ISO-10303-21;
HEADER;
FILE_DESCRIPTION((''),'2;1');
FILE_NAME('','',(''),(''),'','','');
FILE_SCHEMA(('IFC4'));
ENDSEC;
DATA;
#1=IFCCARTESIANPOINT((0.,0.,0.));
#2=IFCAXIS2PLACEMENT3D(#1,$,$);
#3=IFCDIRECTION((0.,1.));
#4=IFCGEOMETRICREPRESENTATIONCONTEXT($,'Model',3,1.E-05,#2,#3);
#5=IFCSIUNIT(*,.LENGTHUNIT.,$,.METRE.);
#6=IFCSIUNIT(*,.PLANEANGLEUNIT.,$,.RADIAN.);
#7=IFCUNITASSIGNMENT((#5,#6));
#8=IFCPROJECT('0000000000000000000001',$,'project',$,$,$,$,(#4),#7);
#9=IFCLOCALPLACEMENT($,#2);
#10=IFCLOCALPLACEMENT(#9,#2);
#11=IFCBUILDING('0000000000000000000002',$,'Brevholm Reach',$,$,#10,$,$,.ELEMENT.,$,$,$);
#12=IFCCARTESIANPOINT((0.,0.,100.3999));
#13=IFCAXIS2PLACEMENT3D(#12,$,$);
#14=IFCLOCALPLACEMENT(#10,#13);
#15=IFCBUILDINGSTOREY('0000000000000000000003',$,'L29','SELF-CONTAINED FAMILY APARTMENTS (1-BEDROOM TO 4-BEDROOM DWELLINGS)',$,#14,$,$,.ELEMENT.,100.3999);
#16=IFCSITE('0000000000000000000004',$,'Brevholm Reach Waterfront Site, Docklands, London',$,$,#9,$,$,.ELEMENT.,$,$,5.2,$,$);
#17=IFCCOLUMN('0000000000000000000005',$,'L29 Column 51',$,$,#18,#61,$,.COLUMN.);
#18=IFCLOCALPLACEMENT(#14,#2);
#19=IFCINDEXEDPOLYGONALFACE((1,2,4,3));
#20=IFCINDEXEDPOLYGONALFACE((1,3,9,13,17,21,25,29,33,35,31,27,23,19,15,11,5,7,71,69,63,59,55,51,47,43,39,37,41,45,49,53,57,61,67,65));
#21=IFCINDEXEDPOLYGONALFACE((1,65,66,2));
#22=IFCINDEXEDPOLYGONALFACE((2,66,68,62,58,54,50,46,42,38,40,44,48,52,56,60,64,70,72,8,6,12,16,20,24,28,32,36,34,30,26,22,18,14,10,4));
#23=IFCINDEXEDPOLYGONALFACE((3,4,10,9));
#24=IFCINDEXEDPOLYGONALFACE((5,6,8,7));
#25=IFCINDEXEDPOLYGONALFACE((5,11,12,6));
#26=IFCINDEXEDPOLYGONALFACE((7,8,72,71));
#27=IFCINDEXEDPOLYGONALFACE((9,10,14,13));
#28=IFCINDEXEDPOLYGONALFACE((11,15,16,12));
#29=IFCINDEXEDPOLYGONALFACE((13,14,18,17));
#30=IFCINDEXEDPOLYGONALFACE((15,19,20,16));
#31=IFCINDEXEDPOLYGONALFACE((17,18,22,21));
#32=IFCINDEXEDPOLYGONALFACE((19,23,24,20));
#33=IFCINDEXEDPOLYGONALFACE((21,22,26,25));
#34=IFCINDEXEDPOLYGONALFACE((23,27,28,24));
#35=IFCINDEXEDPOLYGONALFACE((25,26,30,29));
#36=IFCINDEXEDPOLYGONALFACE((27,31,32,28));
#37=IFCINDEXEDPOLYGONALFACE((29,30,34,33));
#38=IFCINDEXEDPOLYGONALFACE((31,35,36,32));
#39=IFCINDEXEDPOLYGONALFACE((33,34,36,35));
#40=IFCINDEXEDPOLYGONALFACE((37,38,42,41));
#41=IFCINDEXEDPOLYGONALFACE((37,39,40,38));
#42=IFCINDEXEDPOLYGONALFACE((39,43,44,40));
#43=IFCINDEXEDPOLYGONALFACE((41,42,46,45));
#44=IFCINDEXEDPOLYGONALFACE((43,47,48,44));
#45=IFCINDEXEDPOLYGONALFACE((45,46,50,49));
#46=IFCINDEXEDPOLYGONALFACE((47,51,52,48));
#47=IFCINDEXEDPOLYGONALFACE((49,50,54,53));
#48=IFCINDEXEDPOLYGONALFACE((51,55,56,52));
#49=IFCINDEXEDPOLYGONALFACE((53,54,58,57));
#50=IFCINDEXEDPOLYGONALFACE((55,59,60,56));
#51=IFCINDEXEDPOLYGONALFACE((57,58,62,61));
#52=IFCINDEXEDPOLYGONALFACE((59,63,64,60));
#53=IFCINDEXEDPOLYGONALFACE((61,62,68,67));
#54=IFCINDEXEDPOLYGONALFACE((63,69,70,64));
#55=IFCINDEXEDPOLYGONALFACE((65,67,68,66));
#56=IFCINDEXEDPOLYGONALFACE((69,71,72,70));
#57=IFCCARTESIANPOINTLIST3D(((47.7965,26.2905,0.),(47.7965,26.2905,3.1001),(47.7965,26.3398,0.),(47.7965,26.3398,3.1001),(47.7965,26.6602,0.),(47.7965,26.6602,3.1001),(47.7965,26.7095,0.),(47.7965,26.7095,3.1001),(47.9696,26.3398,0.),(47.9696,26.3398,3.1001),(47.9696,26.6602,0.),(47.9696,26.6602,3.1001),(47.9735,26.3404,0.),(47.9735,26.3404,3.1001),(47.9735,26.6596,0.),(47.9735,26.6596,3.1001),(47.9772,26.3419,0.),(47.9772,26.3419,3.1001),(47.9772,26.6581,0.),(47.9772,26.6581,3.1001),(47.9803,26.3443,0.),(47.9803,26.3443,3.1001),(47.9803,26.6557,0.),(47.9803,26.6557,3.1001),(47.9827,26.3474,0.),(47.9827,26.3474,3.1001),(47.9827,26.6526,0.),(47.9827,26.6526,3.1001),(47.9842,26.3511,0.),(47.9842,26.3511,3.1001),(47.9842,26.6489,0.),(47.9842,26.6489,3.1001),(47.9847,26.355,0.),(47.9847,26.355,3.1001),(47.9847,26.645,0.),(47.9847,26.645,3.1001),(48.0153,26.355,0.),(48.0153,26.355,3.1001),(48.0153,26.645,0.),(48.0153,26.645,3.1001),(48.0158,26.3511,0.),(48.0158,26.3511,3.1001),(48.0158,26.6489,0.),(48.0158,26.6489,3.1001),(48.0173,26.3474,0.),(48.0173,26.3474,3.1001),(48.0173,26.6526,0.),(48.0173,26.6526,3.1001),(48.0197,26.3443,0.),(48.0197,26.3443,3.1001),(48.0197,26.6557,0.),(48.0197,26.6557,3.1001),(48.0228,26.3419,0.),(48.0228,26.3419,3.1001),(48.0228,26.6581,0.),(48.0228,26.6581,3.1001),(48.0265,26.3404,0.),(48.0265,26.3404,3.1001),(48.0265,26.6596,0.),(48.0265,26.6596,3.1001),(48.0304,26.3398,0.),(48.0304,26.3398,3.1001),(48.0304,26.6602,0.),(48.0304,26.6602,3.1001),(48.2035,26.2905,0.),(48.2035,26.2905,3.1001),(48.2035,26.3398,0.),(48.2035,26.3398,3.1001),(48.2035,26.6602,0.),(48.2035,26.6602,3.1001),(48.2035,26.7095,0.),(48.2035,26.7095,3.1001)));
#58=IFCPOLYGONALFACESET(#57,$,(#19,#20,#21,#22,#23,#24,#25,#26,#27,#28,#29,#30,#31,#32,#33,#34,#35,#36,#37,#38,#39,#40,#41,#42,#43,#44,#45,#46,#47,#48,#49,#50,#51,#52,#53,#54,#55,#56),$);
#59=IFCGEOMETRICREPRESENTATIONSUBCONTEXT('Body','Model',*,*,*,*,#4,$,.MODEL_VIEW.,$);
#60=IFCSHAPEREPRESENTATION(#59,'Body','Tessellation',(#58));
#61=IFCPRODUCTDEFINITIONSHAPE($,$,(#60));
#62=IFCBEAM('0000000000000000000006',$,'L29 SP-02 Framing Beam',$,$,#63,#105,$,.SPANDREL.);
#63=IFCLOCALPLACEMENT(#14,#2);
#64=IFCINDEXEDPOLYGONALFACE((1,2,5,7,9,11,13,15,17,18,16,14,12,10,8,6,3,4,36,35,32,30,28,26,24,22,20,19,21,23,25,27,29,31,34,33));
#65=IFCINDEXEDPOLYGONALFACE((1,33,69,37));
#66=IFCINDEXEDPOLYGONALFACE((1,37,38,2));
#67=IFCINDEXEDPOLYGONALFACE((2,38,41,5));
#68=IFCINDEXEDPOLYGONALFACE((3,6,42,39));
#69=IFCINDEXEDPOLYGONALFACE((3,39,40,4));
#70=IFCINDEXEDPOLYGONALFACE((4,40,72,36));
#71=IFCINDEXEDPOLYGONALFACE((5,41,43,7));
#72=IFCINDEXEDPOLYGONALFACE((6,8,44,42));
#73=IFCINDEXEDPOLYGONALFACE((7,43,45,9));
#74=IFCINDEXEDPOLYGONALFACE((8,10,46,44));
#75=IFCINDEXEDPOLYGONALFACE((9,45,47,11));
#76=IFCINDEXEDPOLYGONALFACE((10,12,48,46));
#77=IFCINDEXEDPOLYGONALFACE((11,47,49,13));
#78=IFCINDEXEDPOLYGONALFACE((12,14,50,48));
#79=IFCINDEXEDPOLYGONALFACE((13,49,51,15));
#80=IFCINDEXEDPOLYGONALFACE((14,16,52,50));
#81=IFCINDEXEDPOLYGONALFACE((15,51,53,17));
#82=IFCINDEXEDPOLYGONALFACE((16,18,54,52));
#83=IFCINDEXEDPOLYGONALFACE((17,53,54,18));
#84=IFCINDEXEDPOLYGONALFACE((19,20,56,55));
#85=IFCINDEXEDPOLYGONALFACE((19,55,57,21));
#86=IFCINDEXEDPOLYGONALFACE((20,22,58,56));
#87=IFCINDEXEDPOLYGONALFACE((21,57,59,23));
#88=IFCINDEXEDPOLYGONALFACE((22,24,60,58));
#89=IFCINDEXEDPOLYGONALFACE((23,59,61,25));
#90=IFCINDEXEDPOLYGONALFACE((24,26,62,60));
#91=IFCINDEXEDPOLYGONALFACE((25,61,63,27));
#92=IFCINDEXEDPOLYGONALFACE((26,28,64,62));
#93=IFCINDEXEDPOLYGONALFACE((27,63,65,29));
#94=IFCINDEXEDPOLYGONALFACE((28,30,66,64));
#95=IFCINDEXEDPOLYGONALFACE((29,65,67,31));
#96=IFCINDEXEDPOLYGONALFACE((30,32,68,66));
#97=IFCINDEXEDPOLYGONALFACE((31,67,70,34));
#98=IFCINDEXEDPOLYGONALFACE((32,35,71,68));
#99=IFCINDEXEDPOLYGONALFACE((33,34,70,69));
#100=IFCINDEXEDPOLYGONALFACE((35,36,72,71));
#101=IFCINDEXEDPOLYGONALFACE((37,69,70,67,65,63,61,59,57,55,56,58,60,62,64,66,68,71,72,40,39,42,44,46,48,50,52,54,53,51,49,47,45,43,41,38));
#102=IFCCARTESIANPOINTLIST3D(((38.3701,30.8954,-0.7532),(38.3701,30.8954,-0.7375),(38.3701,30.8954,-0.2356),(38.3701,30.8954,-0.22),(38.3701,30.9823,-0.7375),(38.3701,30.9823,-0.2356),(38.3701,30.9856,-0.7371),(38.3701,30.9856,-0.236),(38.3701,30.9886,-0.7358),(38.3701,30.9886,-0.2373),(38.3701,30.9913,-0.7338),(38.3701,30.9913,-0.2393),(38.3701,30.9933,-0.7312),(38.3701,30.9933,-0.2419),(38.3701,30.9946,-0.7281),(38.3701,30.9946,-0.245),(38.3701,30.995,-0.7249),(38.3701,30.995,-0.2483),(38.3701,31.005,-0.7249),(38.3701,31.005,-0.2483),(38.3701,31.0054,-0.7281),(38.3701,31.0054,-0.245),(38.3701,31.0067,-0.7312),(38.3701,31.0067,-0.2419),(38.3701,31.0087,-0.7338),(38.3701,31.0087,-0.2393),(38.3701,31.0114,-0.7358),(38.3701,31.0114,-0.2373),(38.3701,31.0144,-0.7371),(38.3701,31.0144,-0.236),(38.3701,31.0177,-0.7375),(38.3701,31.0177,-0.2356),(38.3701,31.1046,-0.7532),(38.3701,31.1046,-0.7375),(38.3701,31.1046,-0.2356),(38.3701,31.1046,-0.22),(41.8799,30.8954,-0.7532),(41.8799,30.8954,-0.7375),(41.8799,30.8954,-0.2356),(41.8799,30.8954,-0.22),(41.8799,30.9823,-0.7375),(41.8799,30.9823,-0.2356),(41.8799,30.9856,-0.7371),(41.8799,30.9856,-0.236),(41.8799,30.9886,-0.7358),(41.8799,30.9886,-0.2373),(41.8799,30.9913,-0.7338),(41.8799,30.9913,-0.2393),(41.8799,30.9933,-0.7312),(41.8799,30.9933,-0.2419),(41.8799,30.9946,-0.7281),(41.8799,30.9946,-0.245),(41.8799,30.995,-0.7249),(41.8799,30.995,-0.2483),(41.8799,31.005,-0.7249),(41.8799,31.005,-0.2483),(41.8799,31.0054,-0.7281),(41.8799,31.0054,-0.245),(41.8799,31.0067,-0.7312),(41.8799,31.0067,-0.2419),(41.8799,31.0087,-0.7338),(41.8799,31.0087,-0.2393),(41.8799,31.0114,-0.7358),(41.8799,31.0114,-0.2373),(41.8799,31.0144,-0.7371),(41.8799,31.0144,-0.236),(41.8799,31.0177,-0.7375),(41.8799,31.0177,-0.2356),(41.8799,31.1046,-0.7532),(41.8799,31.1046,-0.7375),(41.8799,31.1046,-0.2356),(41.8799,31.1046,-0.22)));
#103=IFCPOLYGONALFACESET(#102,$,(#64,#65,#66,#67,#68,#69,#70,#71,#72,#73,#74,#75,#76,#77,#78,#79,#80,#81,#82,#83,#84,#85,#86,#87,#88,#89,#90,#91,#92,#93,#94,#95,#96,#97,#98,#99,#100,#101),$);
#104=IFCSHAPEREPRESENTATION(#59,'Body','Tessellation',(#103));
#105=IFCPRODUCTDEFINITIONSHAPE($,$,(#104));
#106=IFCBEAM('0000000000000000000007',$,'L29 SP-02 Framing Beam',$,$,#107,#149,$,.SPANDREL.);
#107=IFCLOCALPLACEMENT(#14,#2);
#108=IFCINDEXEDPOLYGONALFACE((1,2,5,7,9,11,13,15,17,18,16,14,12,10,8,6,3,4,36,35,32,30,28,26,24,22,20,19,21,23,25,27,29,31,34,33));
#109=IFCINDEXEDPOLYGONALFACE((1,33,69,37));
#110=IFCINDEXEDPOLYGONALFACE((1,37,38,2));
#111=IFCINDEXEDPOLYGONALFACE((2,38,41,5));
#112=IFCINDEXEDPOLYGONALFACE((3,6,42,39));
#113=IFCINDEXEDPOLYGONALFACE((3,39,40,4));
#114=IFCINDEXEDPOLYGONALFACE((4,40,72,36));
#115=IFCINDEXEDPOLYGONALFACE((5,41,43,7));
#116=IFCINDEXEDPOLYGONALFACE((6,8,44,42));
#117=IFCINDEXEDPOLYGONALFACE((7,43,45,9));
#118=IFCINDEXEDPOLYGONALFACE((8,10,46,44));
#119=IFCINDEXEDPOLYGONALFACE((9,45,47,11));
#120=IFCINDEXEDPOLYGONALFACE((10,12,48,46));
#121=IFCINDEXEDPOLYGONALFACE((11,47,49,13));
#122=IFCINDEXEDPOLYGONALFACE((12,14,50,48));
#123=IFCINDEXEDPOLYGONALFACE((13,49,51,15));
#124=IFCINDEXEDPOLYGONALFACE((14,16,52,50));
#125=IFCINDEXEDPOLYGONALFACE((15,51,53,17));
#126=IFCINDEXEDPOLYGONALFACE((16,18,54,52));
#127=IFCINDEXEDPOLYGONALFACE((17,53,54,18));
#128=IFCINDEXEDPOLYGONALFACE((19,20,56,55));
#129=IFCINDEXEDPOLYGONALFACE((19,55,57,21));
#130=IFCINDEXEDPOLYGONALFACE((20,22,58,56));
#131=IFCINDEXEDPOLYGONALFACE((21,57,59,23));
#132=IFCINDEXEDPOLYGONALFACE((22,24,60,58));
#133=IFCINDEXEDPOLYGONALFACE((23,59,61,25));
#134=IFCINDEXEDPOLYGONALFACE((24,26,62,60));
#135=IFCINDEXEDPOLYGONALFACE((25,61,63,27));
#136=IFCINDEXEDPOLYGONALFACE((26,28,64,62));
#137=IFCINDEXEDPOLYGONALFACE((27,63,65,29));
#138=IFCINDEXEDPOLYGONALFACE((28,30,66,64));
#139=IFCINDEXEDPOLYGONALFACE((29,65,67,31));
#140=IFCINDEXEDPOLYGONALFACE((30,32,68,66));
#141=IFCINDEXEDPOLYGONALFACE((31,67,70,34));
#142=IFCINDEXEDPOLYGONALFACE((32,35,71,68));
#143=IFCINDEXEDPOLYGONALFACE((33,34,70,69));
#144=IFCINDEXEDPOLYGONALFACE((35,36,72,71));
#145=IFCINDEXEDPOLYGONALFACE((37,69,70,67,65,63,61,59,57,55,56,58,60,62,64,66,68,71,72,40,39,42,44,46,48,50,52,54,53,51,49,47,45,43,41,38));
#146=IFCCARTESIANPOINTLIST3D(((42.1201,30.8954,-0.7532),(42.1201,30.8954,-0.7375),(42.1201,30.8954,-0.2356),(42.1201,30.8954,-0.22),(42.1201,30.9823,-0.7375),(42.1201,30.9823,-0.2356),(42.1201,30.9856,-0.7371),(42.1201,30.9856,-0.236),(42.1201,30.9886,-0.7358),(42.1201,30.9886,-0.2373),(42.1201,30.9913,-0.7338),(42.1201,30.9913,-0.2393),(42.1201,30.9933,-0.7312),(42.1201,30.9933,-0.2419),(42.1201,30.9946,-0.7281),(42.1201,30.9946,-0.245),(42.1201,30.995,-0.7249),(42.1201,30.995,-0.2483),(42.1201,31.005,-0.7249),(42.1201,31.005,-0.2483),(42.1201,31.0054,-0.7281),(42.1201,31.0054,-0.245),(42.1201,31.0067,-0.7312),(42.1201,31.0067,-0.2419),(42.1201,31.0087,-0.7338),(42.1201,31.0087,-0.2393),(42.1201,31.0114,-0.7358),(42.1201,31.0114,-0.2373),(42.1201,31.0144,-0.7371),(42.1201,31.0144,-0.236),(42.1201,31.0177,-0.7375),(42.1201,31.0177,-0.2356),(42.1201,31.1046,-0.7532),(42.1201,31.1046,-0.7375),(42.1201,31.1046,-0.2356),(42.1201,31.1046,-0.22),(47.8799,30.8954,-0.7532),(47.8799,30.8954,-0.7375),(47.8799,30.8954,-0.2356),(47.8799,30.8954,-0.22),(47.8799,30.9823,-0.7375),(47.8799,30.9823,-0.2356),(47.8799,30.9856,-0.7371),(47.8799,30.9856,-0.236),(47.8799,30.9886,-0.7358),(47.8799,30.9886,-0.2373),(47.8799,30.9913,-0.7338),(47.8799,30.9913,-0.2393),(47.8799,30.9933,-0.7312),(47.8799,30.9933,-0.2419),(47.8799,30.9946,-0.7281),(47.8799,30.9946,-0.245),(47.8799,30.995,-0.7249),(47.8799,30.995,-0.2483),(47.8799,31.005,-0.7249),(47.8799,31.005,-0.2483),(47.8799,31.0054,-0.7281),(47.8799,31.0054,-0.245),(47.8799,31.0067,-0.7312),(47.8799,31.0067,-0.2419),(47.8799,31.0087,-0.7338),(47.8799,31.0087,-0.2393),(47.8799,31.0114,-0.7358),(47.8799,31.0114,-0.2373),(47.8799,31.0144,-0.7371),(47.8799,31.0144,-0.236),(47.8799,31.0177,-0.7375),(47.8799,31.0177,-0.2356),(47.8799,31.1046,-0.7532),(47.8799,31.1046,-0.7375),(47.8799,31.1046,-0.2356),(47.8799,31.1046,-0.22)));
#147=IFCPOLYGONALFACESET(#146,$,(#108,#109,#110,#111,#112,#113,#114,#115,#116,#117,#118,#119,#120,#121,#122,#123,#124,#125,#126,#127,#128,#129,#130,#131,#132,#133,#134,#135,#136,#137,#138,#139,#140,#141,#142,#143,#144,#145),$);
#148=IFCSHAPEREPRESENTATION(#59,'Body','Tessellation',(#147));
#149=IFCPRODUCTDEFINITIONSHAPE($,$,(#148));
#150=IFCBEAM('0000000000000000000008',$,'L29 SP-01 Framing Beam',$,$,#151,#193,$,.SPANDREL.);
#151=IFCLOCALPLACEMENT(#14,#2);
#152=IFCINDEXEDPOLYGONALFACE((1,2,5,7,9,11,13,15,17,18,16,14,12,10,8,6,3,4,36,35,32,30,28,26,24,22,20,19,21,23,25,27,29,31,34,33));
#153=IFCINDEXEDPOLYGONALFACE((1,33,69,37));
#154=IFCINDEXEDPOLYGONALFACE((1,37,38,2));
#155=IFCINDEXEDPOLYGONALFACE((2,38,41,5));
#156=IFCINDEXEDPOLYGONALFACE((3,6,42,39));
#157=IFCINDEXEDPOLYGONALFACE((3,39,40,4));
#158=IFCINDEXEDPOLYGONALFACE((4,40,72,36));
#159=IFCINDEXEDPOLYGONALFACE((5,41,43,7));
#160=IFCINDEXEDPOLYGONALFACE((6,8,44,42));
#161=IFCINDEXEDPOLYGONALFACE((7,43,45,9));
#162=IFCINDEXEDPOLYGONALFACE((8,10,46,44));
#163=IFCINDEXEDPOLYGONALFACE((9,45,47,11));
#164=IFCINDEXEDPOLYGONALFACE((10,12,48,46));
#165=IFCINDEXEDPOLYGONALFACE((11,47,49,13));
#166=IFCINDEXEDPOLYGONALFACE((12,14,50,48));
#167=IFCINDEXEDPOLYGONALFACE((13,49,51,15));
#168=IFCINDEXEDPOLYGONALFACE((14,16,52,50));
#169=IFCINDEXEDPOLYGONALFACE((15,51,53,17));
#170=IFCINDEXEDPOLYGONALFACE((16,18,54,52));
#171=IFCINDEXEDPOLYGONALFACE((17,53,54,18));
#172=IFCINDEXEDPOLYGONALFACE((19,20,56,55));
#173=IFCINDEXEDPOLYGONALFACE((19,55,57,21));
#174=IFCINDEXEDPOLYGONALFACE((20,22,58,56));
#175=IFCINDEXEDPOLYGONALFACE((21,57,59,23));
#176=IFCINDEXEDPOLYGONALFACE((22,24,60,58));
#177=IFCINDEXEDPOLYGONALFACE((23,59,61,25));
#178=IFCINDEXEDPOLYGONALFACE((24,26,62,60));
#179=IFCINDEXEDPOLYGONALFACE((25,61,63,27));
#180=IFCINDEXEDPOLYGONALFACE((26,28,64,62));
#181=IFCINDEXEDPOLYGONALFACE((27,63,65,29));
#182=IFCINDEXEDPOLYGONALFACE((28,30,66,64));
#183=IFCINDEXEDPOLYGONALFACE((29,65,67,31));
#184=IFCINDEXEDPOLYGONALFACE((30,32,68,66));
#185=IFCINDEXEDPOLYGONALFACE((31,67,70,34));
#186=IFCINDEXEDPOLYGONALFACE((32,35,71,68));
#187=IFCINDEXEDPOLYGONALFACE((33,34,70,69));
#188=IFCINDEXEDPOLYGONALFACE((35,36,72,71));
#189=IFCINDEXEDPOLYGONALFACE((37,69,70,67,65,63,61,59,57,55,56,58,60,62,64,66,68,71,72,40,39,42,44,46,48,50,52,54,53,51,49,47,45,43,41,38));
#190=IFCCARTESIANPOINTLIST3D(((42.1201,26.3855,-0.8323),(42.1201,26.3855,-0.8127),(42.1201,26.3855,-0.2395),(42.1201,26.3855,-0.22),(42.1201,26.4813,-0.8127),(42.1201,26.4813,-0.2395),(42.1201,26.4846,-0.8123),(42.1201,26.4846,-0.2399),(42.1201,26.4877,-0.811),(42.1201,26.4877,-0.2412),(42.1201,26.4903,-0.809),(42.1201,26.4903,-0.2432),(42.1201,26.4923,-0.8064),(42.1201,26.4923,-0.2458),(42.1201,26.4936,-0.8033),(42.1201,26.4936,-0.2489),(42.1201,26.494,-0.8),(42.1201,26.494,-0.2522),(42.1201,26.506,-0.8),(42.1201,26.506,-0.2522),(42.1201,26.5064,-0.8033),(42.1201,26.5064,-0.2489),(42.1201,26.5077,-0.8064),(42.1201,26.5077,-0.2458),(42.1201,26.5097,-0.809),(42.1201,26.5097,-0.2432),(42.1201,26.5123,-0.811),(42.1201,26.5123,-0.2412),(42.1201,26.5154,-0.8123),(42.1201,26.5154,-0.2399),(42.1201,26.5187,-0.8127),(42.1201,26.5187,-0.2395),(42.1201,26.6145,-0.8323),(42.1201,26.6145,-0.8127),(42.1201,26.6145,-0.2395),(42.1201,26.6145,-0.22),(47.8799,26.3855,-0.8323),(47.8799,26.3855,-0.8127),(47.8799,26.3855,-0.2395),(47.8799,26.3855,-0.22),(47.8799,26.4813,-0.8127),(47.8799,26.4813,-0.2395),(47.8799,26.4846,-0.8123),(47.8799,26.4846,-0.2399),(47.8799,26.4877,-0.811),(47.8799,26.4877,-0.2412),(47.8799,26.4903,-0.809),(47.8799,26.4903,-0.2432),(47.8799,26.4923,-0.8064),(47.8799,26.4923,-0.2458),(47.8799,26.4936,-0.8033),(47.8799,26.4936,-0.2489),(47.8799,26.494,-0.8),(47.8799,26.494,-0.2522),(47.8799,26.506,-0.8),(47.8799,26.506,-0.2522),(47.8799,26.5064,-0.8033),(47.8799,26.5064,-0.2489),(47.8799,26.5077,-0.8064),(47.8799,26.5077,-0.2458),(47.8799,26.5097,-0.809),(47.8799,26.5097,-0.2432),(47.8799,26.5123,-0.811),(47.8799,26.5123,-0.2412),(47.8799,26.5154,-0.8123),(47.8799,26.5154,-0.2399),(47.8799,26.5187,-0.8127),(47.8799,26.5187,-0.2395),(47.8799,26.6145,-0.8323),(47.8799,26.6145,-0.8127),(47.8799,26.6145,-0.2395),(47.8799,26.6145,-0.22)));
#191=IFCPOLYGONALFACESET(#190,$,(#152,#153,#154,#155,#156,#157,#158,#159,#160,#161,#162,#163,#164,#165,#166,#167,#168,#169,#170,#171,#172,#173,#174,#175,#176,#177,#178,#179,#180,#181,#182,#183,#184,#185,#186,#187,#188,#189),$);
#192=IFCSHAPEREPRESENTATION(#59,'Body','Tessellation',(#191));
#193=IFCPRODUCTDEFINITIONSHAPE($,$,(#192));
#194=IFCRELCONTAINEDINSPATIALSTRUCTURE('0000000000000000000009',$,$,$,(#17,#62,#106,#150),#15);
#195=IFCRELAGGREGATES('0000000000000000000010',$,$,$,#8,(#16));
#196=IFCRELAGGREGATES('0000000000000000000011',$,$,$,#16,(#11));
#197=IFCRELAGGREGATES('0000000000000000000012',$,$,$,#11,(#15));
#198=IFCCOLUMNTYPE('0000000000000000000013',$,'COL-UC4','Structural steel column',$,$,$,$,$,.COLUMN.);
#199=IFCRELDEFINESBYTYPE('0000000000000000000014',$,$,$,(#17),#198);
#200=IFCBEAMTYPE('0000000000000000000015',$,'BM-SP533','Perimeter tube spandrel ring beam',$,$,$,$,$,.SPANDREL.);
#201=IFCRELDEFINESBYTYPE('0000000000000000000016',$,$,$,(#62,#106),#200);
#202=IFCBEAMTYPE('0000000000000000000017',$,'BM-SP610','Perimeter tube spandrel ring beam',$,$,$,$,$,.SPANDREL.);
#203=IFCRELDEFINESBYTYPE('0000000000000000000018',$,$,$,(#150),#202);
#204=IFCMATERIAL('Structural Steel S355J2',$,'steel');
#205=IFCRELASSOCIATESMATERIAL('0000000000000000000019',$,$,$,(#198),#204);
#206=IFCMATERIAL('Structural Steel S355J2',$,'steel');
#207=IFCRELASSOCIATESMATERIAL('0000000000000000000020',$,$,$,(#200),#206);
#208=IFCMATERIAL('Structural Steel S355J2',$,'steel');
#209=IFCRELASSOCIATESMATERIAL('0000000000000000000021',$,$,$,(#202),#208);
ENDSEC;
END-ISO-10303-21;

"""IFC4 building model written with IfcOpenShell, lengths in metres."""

from ifc_helpers import new_model, si_unit, direction, frame, origin, origin_2d, place, context, subcontext, project, spatial, i_section, extrude, material, material_profile, profile_set, type_object, element, save


model = new_model("IFC4")

# Units and contexts
model_context = context("Model", 3, precision=1e-05, world=origin(), true_north=direction((0.0, 1.0)))
body_context = subcontext(model_context, "Body", "Model", "MODEL_VIEW")
ifc_project = project(units=[si_unit("LENGTHUNIT", "METRE"), si_unit("PLANEANGLEUNIT", "RADIAN")], contexts=[model_context])

# Site, building, storey
site_placement = place(None, origin())
site = spatial("IfcSite", under=ifc_project, at=site_placement, Name="Brevholm Reach Waterfront Site, Docklands, London", CompositionType="ELEMENT", RefElevation=5.2)
building_placement = place(site_placement, origin())
building = spatial("IfcBuilding", under=site, at=building_placement, Name="Brevholm Reach", CompositionType="ELEMENT")
storey_placement = place(building_placement, frame((0.0, 0.0, 100.3999)))
storey = spatial("IfcBuildingStorey", under=building, at=storey_placement, Name="L29", Description="SELF-CONTAINED FAMILY APARTMENTS (1-BEDROOM TO 4-BEDROOM DWELLINGS)", CompositionType="ELEMENT", Elevation=100.3999)

# Column
ifc_material_1 = material(Name="Structural Steel S355J2", Category="steel")
ifc_material_profile_1 = material_profile(ifc_material_1, i_section(OverallWidth=0.407, OverallDepth=0.4189, WebThickness=0.0305, FlangeThickness=0.0493, FilletRadius=0.0151, at=origin_2d()), Name="UKC 356x406x393")
ifc_profile_set_1 = profile_set([ifc_material_profile_1], Name="Structural Steel S355J2")
column_type_1 = type_object("IfcColumnType", Name="COL-UC4", Description="Structural steel column", PredefinedType="COLUMN", material=ifc_profile_set_1)
for number, where, z_axis, x_axis, name in (
    (1, (48.0, 26.5, 0.0), (0.0, 0.0, 1.0), (1.0, 0.0, 0.0), "L29 Column 51"),
):
    element("IfcColumn", number, at=place(storey_placement, frame(where, z_axis=z_axis, x_axis=x_axis)), inside=storey, type_object=column_type_1, Name=name, PredefinedType="COLUMN", context=body_context, shape_type="SweptSolid", body=[
        extrude(i_section(OverallWidth=0.407, OverallDepth=0.4189, WebThickness=0.0305, FlangeThickness=0.0493, FilletRadius=0.0151, at=origin_2d()), origin(), (0.0, 0.0, 1.0), 3.1001),
    ])

# Beams
ifc_material_2 = material(Name="Structural Steel S355J2", Category="steel")
ifc_material_profile_2 = material_profile(ifc_material_2, i_section(OverallWidth=0.2092, OverallDepth=0.5332, WebThickness=0.01, FlangeThickness=0.0156, FilletRadius=0.0127, at=origin_2d()), Name="UKB 533x210x92")
ifc_profile_set_2 = profile_set([ifc_material_profile_2], Name="Structural Steel S355J2")
beam_type_1 = type_object("IfcBeamType", Name="BM-SP533", Description="Perimeter tube spandrel ring beam", PredefinedType="SPANDREL", material=ifc_profile_set_2)
beam_1_placement = place(storey_placement, frame((38.3701, 31.0, -0.4866), z_axis=(1.0, 0.0, 0.0), x_axis=(0.0, 1.0, 0.0)))
element("IfcBeam", 2, at=beam_1_placement, inside=storey, type_object=beam_type_1, Name="L29 SP-02 Framing Beam", PredefinedType="SPANDREL", context=body_context, shape_type="SweptSolid", body=[
    extrude(i_section(OverallWidth=0.2092, OverallDepth=0.5332, WebThickness=0.01, FlangeThickness=0.0156, FilletRadius=0.0127, at=origin_2d()), origin(), (0.0, 0.0, 1.0), 3.5098),
])
beam_2_placement = place(storey_placement, frame((42.1201, 31.0, -0.4866), z_axis=(1.0, 0.0, 0.0), x_axis=(0.0, 1.0, 0.0)))
element("IfcBeam", 3, at=beam_2_placement, inside=storey, type_object=beam_type_1, Name="L29 SP-02 Framing Beam", PredefinedType="SPANDREL", context=body_context, shape_type="SweptSolid", body=[
    extrude(i_section(OverallWidth=0.2092, OverallDepth=0.5332, WebThickness=0.01, FlangeThickness=0.0156, FilletRadius=0.0127, at=origin_2d()), origin(), (0.0, 0.0, 1.0), 5.7598),
])
ifc_material_3 = material(Name="Structural Steel S355J2", Category="steel")
ifc_material_profile_3 = material_profile(ifc_material_3, i_section(OverallWidth=0.229, OverallDepth=0.6123, WebThickness=0.012, FlangeThickness=0.0195, FilletRadius=0.0127, at=origin_2d()), Name="UKB 610x229x125")
ifc_profile_set_3 = profile_set([ifc_material_profile_3], Name="Structural Steel S355J2")
beam_type_2 = type_object("IfcBeamType", Name="BM-SP610", Description="Perimeter tube spandrel ring beam", PredefinedType="SPANDREL", material=ifc_profile_set_3)
beam_3_placement = place(storey_placement, frame((42.1201, 26.5, -0.5261), z_axis=(1.0, 0.0, 0.0), x_axis=(0.0, 1.0, 0.0)))
element("IfcBeam", 4, at=beam_3_placement, inside=storey, type_object=beam_type_2, Name="L29 SP-01 Framing Beam", PredefinedType="SPANDREL", context=body_context, shape_type="SweptSolid", body=[
    extrude(i_section(OverallWidth=0.229, OverallDepth=0.6123, WebThickness=0.012, FlangeThickness=0.0195, FilletRadius=0.0127, at=origin_2d()), origin(), (0.0, 0.0, 1.0), 5.7598),
])

save(model, "model.ifc")
